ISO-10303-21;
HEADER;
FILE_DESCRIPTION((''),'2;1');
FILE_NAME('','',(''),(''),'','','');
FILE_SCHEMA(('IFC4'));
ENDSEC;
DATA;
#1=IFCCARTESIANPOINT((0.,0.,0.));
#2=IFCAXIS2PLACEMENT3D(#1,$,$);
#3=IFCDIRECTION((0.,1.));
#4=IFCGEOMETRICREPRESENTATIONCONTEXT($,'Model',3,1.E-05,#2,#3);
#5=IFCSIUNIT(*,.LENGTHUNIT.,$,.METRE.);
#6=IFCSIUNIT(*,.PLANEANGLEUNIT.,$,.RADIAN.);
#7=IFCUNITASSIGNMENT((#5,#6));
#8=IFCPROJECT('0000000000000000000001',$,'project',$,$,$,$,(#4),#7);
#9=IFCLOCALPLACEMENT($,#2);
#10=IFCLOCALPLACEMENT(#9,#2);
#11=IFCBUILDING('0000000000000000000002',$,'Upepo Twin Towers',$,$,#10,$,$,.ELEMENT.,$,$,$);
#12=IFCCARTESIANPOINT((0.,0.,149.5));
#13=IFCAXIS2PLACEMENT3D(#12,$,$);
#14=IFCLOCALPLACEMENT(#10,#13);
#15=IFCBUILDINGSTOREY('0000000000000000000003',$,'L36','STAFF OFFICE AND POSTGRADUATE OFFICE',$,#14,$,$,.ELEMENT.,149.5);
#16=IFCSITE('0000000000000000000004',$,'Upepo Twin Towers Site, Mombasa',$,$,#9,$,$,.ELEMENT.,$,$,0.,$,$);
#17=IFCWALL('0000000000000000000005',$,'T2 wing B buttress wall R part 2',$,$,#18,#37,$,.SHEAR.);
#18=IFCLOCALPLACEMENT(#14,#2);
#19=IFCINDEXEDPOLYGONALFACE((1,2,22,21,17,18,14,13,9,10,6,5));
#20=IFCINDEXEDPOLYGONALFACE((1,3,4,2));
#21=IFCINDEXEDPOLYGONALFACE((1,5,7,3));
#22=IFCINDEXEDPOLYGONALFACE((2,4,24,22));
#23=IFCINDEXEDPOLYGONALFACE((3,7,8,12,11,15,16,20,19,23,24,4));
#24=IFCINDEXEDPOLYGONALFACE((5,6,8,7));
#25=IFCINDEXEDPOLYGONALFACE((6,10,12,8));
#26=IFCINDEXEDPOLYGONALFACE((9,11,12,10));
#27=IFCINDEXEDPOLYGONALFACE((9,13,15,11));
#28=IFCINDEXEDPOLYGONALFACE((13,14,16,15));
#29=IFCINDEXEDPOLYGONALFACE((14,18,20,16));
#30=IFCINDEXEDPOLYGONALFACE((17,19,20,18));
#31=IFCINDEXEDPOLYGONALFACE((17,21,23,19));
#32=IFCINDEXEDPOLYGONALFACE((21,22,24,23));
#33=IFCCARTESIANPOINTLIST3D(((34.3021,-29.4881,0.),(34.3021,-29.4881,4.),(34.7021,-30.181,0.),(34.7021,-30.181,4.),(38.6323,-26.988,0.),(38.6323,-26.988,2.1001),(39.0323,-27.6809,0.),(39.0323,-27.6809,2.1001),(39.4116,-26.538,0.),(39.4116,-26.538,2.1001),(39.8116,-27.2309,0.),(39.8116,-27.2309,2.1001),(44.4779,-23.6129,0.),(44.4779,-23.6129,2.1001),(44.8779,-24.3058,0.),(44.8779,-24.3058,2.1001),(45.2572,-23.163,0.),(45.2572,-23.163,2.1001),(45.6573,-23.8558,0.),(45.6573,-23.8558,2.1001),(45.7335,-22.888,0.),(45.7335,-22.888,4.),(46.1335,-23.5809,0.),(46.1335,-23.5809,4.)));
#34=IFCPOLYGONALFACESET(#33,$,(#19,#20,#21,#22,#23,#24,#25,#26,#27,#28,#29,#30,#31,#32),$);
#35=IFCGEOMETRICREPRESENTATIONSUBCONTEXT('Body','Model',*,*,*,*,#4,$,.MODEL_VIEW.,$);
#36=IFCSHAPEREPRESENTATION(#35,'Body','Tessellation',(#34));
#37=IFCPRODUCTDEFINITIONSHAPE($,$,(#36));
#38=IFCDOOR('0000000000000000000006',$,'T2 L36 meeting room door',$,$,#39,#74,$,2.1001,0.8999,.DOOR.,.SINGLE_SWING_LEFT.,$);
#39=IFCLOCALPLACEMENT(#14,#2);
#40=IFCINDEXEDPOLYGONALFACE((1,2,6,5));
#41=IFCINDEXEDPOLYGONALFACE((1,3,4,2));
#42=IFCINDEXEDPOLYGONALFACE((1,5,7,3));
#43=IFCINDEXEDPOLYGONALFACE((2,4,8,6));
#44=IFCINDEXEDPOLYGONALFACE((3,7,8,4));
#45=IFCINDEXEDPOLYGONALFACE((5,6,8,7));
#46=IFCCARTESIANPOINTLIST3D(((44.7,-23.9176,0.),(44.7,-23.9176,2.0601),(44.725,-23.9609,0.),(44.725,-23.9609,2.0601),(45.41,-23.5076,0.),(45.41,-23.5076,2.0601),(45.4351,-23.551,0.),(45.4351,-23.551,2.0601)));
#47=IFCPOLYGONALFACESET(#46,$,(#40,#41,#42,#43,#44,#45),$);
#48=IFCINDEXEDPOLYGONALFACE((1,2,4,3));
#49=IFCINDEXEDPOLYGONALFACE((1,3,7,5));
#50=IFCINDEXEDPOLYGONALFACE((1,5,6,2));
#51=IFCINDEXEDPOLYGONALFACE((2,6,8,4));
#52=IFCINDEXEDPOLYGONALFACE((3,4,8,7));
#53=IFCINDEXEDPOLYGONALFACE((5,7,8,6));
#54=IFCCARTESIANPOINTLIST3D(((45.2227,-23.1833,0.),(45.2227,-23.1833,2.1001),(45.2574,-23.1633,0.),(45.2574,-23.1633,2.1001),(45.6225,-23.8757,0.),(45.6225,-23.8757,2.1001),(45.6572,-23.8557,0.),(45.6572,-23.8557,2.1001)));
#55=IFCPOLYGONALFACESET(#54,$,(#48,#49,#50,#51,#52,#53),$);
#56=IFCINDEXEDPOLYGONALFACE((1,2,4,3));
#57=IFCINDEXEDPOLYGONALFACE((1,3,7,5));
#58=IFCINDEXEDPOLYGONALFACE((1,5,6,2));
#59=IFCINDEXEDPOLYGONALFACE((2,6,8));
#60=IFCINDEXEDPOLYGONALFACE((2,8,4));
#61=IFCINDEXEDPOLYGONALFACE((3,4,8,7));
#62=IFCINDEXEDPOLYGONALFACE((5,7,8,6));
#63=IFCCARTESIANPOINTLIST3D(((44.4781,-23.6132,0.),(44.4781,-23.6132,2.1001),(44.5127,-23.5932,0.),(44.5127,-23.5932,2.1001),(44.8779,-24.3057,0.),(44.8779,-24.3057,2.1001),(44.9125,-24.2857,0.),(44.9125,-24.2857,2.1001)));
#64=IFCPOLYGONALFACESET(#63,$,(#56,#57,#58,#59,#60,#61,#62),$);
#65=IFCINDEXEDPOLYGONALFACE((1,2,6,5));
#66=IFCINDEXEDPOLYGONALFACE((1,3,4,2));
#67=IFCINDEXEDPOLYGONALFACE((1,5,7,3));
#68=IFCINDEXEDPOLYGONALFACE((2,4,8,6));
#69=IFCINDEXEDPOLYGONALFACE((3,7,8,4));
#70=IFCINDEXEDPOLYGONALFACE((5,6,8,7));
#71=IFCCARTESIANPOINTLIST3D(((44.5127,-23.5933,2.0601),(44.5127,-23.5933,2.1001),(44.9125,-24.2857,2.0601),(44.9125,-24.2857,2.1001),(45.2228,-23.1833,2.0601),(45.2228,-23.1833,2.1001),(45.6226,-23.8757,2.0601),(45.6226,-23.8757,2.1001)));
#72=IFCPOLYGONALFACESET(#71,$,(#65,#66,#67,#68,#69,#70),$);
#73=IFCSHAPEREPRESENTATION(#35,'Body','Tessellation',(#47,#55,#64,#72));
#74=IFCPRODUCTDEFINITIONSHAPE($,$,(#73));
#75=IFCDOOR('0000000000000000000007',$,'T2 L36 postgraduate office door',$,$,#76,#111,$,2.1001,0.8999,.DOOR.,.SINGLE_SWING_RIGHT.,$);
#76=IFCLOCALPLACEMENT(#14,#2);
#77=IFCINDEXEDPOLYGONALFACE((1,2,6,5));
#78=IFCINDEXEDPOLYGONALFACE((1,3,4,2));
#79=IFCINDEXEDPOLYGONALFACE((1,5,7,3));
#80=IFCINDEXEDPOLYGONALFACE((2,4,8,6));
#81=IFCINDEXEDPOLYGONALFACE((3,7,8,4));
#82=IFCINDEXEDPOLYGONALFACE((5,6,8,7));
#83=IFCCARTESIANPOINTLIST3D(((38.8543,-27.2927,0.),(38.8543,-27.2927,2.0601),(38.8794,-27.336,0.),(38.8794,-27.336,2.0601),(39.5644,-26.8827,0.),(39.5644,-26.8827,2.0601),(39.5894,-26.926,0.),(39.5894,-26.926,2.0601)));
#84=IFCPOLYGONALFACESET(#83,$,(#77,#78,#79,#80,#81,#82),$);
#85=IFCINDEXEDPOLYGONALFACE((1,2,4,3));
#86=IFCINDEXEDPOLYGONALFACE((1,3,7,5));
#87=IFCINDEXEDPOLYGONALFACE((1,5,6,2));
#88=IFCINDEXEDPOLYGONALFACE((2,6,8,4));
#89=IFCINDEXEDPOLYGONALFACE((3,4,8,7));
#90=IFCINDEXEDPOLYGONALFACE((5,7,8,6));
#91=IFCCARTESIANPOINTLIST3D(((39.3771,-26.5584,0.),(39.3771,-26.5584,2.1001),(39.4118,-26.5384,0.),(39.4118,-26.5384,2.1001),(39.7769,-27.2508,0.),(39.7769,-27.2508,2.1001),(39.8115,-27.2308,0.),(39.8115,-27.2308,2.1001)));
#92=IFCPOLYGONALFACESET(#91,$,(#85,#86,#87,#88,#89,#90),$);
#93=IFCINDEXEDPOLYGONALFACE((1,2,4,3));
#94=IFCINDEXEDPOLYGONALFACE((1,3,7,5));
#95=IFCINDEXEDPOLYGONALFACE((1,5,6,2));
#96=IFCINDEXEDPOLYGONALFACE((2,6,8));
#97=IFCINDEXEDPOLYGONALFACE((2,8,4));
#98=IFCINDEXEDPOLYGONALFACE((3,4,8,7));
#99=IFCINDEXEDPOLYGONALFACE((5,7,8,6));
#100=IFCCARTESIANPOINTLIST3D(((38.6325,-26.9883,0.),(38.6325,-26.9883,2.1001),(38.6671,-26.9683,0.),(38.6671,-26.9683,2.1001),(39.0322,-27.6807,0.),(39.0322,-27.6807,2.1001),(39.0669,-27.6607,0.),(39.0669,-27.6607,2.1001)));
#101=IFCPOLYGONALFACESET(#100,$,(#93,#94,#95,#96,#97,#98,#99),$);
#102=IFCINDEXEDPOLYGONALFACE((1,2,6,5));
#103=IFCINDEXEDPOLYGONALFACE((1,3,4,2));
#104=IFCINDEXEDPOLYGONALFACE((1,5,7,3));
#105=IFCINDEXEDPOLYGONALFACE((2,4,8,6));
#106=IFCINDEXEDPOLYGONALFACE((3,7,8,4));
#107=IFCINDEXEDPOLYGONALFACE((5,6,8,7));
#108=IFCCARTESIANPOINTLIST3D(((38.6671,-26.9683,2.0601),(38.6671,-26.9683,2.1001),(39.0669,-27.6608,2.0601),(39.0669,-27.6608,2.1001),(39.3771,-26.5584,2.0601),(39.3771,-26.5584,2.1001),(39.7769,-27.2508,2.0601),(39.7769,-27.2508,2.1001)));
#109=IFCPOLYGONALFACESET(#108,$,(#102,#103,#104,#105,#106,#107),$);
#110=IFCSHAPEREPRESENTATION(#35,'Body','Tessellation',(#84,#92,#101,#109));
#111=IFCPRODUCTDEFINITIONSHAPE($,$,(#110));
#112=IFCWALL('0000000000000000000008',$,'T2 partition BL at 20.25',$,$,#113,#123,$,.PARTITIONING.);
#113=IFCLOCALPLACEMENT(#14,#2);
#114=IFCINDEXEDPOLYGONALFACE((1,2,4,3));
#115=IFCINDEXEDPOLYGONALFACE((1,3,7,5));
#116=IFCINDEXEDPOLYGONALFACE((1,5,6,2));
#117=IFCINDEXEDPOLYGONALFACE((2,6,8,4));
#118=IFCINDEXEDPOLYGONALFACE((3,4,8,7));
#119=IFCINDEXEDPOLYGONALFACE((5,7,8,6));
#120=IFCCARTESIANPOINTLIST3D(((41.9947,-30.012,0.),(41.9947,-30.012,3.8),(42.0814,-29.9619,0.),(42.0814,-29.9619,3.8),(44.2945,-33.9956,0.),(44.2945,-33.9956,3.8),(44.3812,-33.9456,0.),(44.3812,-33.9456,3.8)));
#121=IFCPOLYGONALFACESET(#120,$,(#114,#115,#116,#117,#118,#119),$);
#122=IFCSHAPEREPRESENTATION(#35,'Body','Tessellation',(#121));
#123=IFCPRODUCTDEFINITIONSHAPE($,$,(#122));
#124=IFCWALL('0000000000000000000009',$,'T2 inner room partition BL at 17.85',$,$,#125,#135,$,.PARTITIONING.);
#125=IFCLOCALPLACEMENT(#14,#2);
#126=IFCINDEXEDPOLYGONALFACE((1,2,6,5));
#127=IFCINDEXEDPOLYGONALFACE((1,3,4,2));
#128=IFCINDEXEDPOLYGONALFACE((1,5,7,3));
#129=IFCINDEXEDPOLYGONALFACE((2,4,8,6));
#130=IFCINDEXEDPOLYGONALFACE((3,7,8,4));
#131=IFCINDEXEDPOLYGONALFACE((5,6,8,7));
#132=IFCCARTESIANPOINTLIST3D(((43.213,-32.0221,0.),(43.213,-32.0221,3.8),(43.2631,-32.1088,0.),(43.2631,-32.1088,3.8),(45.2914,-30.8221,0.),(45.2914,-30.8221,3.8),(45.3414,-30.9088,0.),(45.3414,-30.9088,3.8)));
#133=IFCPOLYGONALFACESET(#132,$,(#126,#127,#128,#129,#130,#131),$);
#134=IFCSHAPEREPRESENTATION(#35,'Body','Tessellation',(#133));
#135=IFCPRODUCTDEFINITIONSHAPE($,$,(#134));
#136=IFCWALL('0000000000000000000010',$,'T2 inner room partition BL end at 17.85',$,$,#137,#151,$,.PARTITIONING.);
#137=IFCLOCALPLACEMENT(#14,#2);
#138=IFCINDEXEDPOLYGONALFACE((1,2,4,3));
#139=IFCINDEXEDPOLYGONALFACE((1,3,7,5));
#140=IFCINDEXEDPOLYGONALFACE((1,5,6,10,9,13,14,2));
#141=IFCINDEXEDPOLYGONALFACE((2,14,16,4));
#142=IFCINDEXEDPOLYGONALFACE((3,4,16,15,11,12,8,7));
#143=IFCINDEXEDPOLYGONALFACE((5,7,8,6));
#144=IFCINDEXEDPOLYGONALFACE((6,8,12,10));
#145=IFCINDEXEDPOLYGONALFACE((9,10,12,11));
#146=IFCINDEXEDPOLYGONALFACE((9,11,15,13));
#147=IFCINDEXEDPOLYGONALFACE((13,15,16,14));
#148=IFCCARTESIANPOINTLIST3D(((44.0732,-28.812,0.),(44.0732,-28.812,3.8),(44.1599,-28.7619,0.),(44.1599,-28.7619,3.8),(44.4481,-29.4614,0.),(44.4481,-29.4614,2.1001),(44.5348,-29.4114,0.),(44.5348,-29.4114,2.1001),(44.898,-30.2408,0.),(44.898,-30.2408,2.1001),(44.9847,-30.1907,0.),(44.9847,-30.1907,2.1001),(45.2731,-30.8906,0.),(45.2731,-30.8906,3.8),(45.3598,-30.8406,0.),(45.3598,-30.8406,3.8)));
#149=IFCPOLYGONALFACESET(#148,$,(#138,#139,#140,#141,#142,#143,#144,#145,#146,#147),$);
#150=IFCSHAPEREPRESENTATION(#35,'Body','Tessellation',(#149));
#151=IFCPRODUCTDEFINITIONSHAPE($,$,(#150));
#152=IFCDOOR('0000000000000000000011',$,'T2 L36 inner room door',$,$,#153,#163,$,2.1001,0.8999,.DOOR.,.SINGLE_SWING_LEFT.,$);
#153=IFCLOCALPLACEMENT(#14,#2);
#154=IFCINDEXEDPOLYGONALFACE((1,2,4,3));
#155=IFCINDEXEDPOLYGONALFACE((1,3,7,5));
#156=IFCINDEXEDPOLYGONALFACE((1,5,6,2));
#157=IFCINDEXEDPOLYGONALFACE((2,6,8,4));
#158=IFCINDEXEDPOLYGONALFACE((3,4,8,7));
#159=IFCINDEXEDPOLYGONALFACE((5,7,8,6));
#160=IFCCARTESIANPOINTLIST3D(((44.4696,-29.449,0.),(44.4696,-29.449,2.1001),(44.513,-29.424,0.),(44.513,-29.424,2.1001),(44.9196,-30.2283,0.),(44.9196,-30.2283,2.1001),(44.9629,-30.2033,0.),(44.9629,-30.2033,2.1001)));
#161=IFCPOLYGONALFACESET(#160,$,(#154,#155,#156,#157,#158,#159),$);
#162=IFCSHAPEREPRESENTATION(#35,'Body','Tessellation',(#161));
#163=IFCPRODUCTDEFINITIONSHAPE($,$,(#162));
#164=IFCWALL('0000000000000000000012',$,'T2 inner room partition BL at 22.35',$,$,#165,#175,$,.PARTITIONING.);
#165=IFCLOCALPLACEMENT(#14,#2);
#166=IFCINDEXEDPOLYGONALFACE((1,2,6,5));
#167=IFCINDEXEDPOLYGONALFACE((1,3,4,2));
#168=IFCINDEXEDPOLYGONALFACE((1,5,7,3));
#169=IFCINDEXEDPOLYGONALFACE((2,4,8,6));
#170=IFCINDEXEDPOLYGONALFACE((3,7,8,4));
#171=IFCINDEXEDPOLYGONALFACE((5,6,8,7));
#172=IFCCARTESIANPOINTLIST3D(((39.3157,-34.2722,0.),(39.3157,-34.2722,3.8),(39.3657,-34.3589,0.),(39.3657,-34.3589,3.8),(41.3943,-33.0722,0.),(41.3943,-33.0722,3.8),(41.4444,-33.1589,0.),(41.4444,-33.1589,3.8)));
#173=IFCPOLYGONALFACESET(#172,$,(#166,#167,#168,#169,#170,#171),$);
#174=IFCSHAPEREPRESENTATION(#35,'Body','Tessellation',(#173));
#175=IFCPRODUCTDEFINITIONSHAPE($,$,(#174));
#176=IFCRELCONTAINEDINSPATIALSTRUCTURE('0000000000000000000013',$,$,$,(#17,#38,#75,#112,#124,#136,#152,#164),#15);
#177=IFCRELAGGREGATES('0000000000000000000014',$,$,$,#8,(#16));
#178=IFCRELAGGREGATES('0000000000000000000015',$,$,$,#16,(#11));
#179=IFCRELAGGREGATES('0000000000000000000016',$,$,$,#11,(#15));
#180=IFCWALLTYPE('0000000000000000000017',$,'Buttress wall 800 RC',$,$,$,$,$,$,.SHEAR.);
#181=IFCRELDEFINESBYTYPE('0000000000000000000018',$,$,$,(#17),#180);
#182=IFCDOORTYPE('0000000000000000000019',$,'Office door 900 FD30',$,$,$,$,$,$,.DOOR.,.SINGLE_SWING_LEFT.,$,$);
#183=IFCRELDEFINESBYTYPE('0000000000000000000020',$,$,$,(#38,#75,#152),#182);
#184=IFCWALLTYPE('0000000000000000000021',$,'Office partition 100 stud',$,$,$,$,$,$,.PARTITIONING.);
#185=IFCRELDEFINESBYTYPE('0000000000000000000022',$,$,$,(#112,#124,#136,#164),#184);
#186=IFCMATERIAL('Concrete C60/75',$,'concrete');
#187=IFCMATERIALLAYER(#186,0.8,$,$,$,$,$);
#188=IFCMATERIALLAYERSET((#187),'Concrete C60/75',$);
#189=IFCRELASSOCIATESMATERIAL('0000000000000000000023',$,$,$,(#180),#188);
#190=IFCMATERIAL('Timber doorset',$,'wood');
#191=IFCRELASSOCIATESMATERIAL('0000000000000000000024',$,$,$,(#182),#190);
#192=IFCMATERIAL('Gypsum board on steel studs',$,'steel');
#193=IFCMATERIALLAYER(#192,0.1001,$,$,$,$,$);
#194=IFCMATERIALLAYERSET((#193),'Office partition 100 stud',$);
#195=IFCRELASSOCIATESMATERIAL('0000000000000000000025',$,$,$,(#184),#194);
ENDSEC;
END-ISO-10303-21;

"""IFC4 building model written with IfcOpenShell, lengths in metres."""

from ifc_helpers import new_model, si_unit, direction, frame, frame_2d, origin, place, context, subcontext, project, spatial, rectangle, extrude, material, layer, layer_set, type_object, element, fill, save


model = new_model("IFC4")

# Units and contexts
model_context = context("Model", 3, precision=1e-05, world=origin(), true_north=direction((0.0, 1.0)))
body_context = subcontext(model_context, "Body", "Model", "MODEL_VIEW")
ifc_project = project(units=[si_unit("LENGTHUNIT", "METRE"), si_unit("PLANEANGLEUNIT", "RADIAN")], contexts=[model_context])

# Site, building, storey
site_placement = place(None, origin())
site = spatial("IfcSite", under=ifc_project, at=site_placement, Name="Upepo Twin Towers Site, Mombasa", CompositionType="ELEMENT", RefElevation=0.0)
building_placement = place(site_placement, origin())
building = spatial("IfcBuilding", under=site, at=building_placement, Name="Upepo Twin Towers", CompositionType="ELEMENT")
storey_placement = place(building_placement, frame((0.0, 0.0, 149.5)))
storey = spatial("IfcBuildingStorey", under=building, at=storey_placement, Name="L36", Description="STAFF OFFICE AND POSTGRADUATE OFFICE", CompositionType="ELEMENT", Elevation=149.5)

# Wall, openings, doors
ifc_material_1 = material(Name="Concrete C60/75", Category="concrete")
ifc_layer_1 = layer(ifc_material_1, 0.8)
ifc_layer_set_1 = layer_set([ifc_layer_1], Name="Concrete C60/75")
wall_type_1 = type_object("IfcWallType", Name="Buttress wall 800 RC", PredefinedType="SHEAR", material=ifc_layer_set_1)
wall_1_placement = place(storey_placement, frame((45.9336, -23.2344, 0.0), z_axis=(0.0, 0.0, 1.0), x_axis=(-0.86602, -0.50001, 0.0)))
wall_1 = element("IfcWall", 1, at=wall_1_placement, inside=storey, type_object=wall_type_1, Name="T2 wing B buttress wall R part 2", PredefinedType="SHEAR", context=body_context, shape_type="SweptSolid", body=[
    extrude(rectangle(XDim=13.2, YDim=0.8, at=frame_2d((6.6001, 0.0))), origin(), (0.0, 0.0, 1.0), 4.0),
])
opening_1_placement = place(wall_1_placement, frame((0.55, 0.0, 0.0)))
opening_1 = element("IfcOpeningElement", 2, at=opening_1_placement, cuts=wall_1, PredefinedType="OPENING", context=body_context, shape_type="SweptSolid", body=[
    extrude(rectangle(XDim=0.8999, YDim=2.1001, at=frame_2d((0.45, 1.05))), frame((0.0, 0.4099, 0.0), z_axis=(0.0, -1.0, 0.0), x_axis=(1.0, 0.0, 0.0)), (0.0, 0.0, 1.0), 0.8201),
])
opening_2_placement = place(wall_1_placement, frame((7.3, 0.0, 0.0)))
opening_2 = element("IfcOpeningElement", 3, at=opening_2_placement, cuts=wall_1, PredefinedType="OPENING", context=body_context, shape_type="SweptSolid", body=[
    extrude(rectangle(XDim=0.8999, YDim=2.1001, at=frame_2d((0.45, 1.05))), frame((0.0, 0.4099, 0.0), z_axis=(0.0, -1.0, 0.0), x_axis=(1.0, 0.0, 0.0)), (0.0, 0.0, 1.0), 0.8201),
])
ifc_material_2 = material(Name="Timber doorset", Category="wood")
door_type = type_object("IfcDoorType", Name="Office door 900 FD30", OperationType="SINGLE_SWING_LEFT", PredefinedType="DOOR", material=ifc_material_2)
door_1_placement = place(opening_1_placement, origin())
door_1 = element("IfcDoor", 4, at=door_1_placement, inside=storey, type_object=door_type, Name="T2 L36 meeting room door", OperationType="SINGLE_SWING_LEFT", OverallHeight=2.1001, OverallWidth=0.8999, PredefinedType="DOOR", context=body_context, shape_type="SweptSolid", body=[
    extrude(rectangle(XDim=0.8199, YDim=2.0601, at=frame_2d((0.45, 1.03))), frame((0.0, 0.0249, 0.0), z_axis=(0.0, -1.0, 0.0), x_axis=(1.0, 0.0, 0.0)), (0.0, 0.0, 1.0), 0.05),
    extrude(rectangle(XDim=0.04, YDim=2.1001, at=frame_2d((0.02, 1.05))), frame((0.0, 0.3999, 0.0), z_axis=(0.0, -1.0, 0.0), x_axis=(1.0, 0.0, 0.0)), (0.0, 0.0, 1.0), 0.7996),
    extrude(rectangle(XDim=0.04, YDim=2.1001, at=frame_2d((0.8799, 1.05))), frame((0.0, 0.3999, 0.0), z_axis=(0.0, -1.0, 0.0), x_axis=(1.0, 0.0, 0.0)), (0.0, 0.0, 1.0), 0.7996),
    extrude(rectangle(XDim=0.8199, YDim=0.04, at=frame_2d((0.45, 2.0801))), frame((0.0, 0.3999, 0.0), z_axis=(0.0, -1.0, 0.0), x_axis=(1.0, 0.0, 0.0)), (0.0, 0.0, 1.0), 0.7996),
])
fill(opening_1, door_1)
door_2_placement = place(opening_2_placement, origin())
door_2 = element("IfcDoor", 5, at=door_2_placement, inside=storey, type_object=door_type, Name="T2 L36 postgraduate office door", OperationType="SINGLE_SWING_RIGHT", OverallHeight=2.1001, OverallWidth=0.8999, PredefinedType="DOOR", context=body_context, shape_type="SweptSolid", body=[
    extrude(rectangle(XDim=0.8199, YDim=2.0601, at=frame_2d((0.45, 1.03))), frame((0.0, 0.0249, 0.0), z_axis=(0.0, -1.0, 0.0), x_axis=(1.0, 0.0, 0.0)), (0.0, 0.0, 1.0), 0.05),
    extrude(rectangle(XDim=0.04, YDim=2.1001, at=frame_2d((0.02, 1.05))), frame((0.0, 0.3999, 0.0), z_axis=(0.0, -1.0, 0.0), x_axis=(1.0, 0.0, 0.0)), (0.0, 0.0, 1.0), 0.7996),
    extrude(rectangle(XDim=0.04, YDim=2.1001, at=frame_2d((0.8799, 1.05))), frame((0.0, 0.3999, 0.0), z_axis=(0.0, -1.0, 0.0), x_axis=(1.0, 0.0, 0.0)), (0.0, 0.0, 1.0), 0.7996),
    extrude(rectangle(XDim=0.8199, YDim=0.04, at=frame_2d((0.45, 2.0801))), frame((0.0, 0.3999, 0.0), z_axis=(0.0, -1.0, 0.0), x_axis=(1.0, 0.0, 0.0)), (0.0, 0.0, 1.0), 0.7996),
])
fill(opening_2, door_2)

# Walls
ifc_material_3 = material(Name="Gypsum board on steel studs", Category="steel")
ifc_layer_2 = layer(ifc_material_3, 0.1001)
ifc_layer_set_2 = layer_set([ifc_layer_2], Name="Office partition 100 stud")
wall_type_2 = type_object("IfcWallType", Name="Office partition 100 stud", PredefinedType="PARTITIONING", material=ifc_layer_set_2)
wall_2_placement = place(storey_placement, frame((42.0381, -29.9871, 0.0), z_axis=(0.0, 0.0, 1.0), x_axis=(0.499975, -0.86604, 0.0)))
element("IfcWall", 6, at=wall_2_placement, inside=storey, type_object=wall_type_2, Name="T2 partition BL at 20.25", PredefinedType="PARTITIONING", context=body_context, shape_type="SweptSolid", body=[
    extrude(rectangle(XDim=4.5999, YDim=0.1001, at=frame_2d((2.2998, 0.0))), origin(), (0.0, 0.0, 1.0), 3.8),
])
wall_3_placement = place(storey_placement, frame((45.3164, -30.8655, 0.0), z_axis=(0.0, 0.0, 1.0), x_axis=(-0.866025, -0.500001, 0.0)))
element("IfcWall", 7, at=wall_3_placement, inside=storey, type_object=wall_type_2, Name="T2 inner room partition BL at 17.85", PredefinedType="PARTITIONING", context=body_context, shape_type="SweptSolid", body=[
    extrude(rectangle(XDim=2.3999, YDim=0.1001, at=frame_2d((1.2, 0.0))), origin(), (0.0, 0.0, 1.0), 3.8),
])

# Wall, opening, door
wall_4_placement = place(storey_placement, frame((44.1165, -28.7869, 0.0), z_axis=(0.0, 0.0, 1.0), x_axis=(0.499957, -0.86605, 0.0)))
wall_4 = element("IfcWall", 8, at=wall_4_placement, inside=storey, type_object=wall_type_2, Name="T2 inner room partition BL end at 17.85", PredefinedType="PARTITIONING", context=body_context, shape_type="SweptSolid", body=[
    extrude(rectangle(XDim=2.4001, YDim=0.1001, at=frame_2d((1.2002, 0.0))), origin(), (0.0, 0.0, 1.0), 3.8),
])
opening_3_placement = place(wall_4_placement, frame((0.75, 0.0, 0.0)))
opening_3 = element("IfcOpeningElement", 9, at=opening_3_placement, cuts=wall_4, PredefinedType="OPENING", context=body_context, shape_type="SweptSolid", body=[
    extrude(rectangle(XDim=0.8999, YDim=2.1001, at=frame_2d((0.45, 1.05))), frame((0.0, 0.0601, 0.0), z_axis=(0.0, -1.0, 0.0), x_axis=(1.0, 0.0, 0.0)), (0.0, 0.0, 1.0), 0.1201),
])
door_3_placement = place(opening_3_placement, origin())
door_3 = element("IfcDoor", 10, at=door_3_placement, inside=storey, type_object=door_type, Name="T2 L36 inner room door", OperationType="SINGLE_SWING_LEFT", OverallHeight=2.1001, OverallWidth=0.8999, PredefinedType="DOOR", context=body_context, shape_type="SweptSolid", body=[
    extrude(rectangle(XDim=0.8999, YDim=2.1001, at=frame_2d((0.45, 1.05))), frame((0.0, 0.0249, 0.0), z_axis=(0.0, -1.0, 0.0), x_axis=(1.0, 0.0, 0.0)), (0.0, 0.0, 1.0), 0.05),
])
fill(opening_3, door_3)

# Wall
wall_5_placement = place(storey_placement, frame((41.4194, -33.1155, 0.0), z_axis=(0.0, 0.0, 1.0), x_axis=(-0.86605, -0.499957, 0.0)))
element("IfcWall", 11, at=wall_5_placement, inside=storey, type_object=wall_type_2, Name="T2 inner room partition BL at 22.35", PredefinedType="PARTITIONING", context=body_context, shape_type="SweptSolid", body=[
    extrude(rectangle(XDim=2.4001, YDim=0.1001, at=frame_2d((1.2002, 0.0))), origin(), (0.0, 0.0, 1.0), 3.8),
])

save(model, "model.ifc")
